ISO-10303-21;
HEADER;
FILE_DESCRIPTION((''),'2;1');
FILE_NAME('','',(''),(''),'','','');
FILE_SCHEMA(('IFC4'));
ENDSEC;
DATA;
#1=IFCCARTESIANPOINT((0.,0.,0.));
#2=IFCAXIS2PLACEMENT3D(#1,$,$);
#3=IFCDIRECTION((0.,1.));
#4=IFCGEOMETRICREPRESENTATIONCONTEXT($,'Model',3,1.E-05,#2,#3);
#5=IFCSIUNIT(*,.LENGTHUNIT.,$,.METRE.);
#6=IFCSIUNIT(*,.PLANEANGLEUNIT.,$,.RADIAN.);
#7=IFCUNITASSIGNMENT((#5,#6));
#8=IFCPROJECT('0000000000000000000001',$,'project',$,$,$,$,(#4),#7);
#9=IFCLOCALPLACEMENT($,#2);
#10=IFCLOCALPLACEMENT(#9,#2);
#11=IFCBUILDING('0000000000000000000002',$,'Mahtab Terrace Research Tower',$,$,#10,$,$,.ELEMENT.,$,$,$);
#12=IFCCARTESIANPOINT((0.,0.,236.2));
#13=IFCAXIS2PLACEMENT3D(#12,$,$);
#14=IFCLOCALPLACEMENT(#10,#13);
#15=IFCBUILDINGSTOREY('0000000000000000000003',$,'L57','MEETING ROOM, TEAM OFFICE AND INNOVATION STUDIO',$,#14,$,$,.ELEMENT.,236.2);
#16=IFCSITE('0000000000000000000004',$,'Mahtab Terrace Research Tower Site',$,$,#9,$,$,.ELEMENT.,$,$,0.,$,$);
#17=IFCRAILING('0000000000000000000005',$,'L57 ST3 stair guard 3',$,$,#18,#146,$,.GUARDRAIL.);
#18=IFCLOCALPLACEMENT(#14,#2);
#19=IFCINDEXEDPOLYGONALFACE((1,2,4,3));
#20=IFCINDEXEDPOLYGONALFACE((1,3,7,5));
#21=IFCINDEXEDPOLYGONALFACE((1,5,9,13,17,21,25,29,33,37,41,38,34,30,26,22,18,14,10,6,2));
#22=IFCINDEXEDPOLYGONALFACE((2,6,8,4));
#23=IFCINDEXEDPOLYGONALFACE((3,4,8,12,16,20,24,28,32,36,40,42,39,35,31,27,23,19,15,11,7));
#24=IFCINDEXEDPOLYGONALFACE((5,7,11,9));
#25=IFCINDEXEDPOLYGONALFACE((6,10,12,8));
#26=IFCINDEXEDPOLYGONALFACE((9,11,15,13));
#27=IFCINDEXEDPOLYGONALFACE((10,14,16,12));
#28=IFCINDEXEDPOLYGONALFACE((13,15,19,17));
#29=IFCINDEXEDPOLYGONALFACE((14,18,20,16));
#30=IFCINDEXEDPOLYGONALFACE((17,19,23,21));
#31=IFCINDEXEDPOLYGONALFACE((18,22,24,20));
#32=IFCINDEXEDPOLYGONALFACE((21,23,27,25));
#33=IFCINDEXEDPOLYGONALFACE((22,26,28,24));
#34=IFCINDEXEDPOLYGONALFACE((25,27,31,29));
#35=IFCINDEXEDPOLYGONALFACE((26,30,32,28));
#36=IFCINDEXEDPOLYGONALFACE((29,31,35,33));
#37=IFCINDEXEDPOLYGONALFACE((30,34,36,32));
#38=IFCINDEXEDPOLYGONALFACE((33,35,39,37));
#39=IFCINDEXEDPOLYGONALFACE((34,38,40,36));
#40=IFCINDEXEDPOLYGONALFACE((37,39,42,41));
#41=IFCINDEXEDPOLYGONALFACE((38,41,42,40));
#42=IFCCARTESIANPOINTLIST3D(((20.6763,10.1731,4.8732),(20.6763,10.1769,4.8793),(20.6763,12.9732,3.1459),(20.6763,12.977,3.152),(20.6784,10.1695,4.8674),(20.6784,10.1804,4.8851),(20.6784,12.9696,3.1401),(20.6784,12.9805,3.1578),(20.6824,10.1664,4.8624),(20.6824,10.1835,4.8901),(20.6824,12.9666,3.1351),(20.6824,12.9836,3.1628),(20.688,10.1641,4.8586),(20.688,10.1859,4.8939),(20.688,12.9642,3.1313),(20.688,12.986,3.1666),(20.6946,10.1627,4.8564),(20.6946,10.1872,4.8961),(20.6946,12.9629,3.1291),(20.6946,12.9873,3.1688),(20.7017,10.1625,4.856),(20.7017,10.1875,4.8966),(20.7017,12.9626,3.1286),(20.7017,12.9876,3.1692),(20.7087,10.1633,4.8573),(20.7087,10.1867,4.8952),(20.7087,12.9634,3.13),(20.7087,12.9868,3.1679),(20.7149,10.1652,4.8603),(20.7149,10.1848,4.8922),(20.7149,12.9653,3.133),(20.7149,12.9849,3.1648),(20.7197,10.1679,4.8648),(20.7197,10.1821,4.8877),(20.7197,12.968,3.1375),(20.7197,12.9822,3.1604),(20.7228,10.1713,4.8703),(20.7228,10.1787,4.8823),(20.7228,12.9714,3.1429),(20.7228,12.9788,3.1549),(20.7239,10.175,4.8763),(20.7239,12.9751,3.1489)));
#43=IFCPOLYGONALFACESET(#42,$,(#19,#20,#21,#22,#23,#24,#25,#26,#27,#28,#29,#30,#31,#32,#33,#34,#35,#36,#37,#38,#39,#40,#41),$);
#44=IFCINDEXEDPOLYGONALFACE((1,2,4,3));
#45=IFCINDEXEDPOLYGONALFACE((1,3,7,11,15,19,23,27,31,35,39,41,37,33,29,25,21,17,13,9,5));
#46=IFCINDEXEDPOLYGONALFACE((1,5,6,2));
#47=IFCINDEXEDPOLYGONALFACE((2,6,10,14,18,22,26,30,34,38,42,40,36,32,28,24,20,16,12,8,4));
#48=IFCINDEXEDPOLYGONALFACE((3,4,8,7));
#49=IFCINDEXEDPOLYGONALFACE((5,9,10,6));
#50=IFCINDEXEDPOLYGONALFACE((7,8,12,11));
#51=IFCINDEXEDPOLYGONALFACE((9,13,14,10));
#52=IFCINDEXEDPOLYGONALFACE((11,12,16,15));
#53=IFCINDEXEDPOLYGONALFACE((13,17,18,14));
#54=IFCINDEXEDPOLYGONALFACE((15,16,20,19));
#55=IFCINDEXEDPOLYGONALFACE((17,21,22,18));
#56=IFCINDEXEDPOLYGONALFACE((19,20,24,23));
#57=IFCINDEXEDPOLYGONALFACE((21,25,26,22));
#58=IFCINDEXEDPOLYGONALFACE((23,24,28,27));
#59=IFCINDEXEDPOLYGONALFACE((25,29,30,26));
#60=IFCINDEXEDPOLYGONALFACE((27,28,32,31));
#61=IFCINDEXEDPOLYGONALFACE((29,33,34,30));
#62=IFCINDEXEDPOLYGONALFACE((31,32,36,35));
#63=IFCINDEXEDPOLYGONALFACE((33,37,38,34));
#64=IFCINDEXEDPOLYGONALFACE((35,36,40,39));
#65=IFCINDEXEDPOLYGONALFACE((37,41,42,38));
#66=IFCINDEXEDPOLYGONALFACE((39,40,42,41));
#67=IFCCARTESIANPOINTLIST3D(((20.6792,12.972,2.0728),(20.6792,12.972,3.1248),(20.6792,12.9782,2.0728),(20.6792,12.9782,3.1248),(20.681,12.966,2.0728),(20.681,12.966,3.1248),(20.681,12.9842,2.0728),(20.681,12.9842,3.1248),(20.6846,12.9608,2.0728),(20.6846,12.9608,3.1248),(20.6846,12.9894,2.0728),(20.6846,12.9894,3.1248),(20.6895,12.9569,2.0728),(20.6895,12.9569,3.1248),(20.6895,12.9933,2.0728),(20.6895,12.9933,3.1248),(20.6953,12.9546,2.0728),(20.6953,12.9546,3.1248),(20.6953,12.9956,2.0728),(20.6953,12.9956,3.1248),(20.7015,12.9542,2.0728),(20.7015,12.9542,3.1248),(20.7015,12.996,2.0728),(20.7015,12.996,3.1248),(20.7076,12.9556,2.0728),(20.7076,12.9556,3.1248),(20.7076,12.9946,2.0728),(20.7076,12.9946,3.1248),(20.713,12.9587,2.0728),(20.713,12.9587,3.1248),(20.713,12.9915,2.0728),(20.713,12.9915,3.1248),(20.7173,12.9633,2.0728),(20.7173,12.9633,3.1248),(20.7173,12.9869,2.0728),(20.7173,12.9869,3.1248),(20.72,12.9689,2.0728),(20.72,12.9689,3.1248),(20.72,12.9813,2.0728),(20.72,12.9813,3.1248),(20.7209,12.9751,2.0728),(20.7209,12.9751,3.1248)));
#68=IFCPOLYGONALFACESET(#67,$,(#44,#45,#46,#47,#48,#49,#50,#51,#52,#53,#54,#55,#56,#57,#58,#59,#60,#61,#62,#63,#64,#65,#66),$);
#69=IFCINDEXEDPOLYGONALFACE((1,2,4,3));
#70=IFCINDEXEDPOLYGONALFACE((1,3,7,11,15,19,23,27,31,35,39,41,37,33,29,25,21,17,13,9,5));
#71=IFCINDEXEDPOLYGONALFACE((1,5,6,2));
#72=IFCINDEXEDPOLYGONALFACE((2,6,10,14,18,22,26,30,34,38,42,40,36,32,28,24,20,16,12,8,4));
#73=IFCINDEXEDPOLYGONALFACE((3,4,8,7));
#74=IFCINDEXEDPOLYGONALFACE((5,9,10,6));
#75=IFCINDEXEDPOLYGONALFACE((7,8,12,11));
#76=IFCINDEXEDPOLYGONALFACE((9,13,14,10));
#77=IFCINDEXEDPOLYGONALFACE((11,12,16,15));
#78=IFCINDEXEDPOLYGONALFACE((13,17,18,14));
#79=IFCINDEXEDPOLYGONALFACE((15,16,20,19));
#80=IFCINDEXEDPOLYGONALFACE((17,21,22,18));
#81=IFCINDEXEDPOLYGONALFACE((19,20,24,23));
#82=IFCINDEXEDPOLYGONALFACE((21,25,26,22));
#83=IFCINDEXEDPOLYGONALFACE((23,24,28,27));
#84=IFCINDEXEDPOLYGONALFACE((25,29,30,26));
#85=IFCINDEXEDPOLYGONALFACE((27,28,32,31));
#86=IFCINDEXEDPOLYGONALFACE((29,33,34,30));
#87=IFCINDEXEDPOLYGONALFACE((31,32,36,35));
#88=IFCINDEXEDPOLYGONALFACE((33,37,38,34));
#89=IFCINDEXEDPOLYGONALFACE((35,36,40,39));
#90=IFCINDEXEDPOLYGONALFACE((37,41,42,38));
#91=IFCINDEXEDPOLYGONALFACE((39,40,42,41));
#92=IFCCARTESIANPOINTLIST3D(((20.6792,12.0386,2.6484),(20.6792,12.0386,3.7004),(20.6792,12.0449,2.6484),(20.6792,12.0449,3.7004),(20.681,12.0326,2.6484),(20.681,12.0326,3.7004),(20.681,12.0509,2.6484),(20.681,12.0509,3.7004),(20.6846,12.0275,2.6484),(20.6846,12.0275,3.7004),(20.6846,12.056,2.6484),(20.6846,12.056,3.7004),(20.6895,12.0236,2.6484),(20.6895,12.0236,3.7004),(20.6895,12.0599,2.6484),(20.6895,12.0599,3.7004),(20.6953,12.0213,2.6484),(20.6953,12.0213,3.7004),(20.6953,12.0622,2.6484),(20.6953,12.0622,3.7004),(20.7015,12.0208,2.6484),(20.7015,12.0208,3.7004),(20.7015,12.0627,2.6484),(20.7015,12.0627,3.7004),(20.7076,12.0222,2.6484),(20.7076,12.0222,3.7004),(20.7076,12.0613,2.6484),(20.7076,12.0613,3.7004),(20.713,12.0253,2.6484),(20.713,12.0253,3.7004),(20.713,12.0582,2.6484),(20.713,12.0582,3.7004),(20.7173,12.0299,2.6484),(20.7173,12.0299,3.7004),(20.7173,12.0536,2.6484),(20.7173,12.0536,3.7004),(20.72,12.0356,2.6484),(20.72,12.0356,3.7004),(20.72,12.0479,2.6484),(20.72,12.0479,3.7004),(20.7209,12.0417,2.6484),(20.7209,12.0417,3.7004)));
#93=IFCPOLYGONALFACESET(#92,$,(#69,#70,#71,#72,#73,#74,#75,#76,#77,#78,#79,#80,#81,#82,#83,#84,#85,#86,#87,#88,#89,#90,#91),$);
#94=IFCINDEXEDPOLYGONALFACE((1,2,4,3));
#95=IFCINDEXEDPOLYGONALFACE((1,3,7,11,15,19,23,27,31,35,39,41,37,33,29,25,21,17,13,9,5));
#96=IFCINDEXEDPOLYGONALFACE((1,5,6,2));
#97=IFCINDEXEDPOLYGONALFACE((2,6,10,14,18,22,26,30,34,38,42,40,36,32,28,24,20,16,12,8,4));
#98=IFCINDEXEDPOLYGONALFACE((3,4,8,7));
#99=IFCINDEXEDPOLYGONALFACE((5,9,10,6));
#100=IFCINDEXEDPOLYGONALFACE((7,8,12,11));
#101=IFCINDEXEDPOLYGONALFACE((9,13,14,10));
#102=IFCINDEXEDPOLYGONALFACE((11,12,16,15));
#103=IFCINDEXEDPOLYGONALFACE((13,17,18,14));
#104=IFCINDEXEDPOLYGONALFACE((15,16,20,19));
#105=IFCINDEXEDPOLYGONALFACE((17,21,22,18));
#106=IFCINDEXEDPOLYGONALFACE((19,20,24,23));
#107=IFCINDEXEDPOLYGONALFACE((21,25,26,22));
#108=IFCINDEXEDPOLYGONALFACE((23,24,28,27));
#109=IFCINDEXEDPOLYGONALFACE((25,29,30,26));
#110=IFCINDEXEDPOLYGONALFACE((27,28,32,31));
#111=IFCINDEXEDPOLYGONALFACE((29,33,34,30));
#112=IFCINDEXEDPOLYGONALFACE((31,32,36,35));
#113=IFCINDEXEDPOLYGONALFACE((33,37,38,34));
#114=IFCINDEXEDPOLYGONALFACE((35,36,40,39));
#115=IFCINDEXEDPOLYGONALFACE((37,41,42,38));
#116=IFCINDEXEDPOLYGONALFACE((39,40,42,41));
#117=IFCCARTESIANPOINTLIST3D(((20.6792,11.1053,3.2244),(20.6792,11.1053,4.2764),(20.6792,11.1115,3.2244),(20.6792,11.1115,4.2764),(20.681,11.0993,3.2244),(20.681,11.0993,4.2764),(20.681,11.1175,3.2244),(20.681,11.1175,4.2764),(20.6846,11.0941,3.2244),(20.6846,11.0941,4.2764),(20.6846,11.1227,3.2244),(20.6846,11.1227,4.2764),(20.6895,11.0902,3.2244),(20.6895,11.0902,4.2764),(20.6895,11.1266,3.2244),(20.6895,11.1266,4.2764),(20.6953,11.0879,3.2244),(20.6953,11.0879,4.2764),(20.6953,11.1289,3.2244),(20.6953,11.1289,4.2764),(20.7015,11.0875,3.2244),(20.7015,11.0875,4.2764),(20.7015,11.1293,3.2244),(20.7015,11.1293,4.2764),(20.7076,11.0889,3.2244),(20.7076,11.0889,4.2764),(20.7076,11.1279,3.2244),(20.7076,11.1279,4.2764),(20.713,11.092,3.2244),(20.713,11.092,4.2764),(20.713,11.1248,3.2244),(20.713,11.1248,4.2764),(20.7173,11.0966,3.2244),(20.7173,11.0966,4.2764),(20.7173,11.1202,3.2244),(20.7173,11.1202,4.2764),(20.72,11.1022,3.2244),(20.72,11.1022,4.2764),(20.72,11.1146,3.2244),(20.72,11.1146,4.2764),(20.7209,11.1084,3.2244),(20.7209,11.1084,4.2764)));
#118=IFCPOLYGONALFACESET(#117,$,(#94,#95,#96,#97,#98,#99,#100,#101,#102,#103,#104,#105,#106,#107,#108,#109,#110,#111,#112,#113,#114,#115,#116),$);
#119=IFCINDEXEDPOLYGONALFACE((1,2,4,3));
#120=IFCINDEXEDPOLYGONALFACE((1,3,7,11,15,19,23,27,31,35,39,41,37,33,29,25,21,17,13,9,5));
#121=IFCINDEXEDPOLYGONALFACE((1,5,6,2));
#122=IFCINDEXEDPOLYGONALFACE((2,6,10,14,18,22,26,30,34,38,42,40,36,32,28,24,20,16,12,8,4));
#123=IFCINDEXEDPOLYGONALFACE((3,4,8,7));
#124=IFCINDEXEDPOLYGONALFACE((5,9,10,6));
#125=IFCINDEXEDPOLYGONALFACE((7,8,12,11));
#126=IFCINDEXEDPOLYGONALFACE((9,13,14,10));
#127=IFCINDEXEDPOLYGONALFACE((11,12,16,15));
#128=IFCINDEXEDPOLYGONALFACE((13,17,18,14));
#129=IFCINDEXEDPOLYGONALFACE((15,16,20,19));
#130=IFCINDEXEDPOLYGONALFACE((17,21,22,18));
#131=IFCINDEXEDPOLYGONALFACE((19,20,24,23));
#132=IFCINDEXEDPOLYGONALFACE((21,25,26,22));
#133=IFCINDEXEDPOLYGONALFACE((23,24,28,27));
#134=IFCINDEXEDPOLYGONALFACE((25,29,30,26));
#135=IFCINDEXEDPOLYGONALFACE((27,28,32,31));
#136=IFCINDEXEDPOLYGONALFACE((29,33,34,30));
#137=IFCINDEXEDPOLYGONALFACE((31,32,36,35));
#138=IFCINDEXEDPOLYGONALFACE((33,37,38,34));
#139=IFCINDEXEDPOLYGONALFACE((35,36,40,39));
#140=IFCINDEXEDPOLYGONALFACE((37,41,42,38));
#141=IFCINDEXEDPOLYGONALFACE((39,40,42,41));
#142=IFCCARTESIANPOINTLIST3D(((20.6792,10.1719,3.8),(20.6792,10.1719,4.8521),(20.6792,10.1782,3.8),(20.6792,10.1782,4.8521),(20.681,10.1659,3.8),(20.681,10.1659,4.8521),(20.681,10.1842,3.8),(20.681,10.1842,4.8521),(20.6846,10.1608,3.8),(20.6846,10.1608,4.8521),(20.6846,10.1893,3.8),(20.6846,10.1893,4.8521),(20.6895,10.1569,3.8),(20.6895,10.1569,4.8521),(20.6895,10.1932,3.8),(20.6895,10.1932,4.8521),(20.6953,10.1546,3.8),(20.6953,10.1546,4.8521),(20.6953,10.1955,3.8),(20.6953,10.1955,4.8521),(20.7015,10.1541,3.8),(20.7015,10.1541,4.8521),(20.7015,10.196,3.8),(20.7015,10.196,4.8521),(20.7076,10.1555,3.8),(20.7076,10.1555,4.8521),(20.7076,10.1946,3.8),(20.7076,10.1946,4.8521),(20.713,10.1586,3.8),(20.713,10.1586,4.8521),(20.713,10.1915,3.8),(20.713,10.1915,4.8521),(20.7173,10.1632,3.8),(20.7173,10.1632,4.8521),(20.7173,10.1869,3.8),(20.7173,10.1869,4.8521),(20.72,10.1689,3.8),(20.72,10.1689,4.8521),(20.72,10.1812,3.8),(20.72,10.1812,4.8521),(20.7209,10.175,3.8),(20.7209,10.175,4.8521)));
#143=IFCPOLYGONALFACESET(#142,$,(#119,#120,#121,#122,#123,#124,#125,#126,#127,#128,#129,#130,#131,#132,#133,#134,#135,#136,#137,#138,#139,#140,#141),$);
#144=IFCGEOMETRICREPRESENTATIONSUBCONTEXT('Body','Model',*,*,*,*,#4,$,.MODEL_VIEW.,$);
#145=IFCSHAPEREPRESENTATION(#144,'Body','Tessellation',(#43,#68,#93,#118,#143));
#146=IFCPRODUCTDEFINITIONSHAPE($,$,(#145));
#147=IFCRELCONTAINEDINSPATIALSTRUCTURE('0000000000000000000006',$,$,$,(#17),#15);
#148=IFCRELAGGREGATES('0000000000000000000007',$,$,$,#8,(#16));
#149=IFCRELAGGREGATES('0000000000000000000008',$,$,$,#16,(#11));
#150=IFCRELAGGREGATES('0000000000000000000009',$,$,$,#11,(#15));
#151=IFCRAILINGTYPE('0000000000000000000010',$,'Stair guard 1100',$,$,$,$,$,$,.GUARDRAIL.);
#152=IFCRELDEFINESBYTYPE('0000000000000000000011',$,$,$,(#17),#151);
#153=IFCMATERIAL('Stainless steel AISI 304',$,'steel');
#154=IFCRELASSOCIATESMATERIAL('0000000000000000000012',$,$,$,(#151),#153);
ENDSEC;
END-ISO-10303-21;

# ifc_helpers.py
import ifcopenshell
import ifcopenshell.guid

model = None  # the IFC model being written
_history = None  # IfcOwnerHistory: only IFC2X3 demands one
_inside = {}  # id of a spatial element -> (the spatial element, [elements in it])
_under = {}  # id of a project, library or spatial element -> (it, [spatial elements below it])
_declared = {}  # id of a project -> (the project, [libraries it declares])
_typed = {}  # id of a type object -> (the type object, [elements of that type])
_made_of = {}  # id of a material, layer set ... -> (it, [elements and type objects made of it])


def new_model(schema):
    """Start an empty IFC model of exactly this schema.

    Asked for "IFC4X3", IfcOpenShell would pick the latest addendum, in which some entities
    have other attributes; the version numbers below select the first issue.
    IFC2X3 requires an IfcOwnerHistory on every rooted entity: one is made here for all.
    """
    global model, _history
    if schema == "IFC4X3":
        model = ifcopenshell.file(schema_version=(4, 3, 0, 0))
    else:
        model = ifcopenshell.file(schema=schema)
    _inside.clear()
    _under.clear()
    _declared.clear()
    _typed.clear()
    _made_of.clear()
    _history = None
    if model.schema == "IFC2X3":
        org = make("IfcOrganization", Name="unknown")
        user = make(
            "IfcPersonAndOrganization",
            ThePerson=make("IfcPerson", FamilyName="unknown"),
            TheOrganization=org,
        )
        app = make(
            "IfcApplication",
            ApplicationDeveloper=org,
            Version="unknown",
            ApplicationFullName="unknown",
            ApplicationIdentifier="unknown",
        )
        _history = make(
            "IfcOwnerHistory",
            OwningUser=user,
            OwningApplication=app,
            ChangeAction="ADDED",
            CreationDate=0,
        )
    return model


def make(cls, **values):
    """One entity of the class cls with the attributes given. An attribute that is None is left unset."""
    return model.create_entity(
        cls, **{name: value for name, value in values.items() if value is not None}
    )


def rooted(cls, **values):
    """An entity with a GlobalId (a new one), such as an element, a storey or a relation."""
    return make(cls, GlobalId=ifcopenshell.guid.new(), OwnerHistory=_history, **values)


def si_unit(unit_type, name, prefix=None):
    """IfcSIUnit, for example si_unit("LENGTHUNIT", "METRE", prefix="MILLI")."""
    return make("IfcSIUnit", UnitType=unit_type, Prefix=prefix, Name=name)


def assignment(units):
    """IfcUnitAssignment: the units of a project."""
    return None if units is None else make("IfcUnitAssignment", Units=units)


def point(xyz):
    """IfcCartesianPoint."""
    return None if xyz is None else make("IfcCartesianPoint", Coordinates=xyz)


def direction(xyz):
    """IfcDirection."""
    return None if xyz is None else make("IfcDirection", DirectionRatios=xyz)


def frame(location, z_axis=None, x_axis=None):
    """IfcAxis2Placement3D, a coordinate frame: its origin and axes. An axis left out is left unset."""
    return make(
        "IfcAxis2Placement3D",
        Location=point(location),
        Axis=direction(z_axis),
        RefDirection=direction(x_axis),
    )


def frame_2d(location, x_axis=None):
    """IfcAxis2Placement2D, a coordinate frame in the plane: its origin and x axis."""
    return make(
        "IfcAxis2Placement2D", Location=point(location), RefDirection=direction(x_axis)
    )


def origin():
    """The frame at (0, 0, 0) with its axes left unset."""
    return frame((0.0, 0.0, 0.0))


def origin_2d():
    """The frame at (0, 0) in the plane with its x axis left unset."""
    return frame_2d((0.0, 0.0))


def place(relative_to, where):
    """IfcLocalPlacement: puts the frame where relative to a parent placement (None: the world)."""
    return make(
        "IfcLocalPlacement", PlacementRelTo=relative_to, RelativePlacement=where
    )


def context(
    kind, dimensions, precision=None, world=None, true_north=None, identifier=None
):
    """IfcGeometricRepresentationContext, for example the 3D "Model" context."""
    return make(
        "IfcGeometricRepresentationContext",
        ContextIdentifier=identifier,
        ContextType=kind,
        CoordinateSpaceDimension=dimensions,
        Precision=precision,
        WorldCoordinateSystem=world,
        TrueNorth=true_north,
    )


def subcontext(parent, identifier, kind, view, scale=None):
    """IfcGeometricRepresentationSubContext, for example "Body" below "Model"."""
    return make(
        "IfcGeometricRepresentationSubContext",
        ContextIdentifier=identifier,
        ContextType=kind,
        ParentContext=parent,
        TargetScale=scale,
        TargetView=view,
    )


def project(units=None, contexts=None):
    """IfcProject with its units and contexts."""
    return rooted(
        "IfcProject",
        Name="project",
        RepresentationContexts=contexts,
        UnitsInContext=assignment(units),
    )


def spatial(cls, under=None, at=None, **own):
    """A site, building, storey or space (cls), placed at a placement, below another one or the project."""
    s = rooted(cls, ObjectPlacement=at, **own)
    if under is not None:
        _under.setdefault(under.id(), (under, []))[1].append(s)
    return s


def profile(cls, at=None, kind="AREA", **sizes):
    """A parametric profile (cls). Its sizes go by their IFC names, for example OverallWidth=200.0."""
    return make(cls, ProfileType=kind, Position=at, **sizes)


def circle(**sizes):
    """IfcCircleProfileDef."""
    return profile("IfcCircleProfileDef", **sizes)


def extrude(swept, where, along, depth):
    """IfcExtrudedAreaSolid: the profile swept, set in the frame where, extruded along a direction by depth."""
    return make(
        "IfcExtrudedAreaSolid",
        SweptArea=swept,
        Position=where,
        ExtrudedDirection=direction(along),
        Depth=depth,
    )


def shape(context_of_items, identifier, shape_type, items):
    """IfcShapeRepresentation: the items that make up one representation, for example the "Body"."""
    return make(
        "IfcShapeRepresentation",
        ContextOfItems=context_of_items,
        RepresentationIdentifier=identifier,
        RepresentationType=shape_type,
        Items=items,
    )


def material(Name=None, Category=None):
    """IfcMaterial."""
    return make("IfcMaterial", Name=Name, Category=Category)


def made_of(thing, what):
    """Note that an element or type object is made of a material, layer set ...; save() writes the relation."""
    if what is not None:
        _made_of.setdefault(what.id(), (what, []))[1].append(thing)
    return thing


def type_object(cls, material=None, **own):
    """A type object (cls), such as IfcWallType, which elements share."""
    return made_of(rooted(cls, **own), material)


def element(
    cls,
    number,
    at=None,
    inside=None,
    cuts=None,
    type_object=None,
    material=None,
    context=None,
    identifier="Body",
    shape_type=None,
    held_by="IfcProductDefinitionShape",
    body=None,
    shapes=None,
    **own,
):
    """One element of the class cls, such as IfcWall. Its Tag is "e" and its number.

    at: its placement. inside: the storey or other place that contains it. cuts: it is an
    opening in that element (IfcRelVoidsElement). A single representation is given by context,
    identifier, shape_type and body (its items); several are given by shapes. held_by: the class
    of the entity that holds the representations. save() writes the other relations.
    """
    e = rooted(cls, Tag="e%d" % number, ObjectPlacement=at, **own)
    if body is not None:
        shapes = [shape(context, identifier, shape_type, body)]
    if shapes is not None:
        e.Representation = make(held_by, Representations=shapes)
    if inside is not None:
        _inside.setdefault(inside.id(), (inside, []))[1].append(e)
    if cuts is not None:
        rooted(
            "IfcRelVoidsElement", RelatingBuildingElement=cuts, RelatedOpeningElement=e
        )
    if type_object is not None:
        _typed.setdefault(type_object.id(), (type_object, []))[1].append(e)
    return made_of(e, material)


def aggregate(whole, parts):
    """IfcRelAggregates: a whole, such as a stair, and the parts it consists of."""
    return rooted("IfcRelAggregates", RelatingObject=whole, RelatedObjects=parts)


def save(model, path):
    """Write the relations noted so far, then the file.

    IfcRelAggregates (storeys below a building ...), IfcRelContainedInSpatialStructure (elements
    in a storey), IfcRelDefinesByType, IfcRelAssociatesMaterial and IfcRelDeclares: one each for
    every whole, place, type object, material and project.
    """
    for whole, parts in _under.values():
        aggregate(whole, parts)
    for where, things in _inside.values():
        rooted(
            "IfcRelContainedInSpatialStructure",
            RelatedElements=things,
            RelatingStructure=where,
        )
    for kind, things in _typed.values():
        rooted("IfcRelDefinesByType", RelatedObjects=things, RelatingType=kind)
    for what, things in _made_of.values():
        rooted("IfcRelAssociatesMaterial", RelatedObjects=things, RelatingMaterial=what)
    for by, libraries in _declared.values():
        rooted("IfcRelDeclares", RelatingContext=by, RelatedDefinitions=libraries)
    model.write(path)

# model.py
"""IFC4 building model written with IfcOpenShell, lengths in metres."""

from ifc_helpers import new_model, si_unit, direction, frame, origin, origin_2d, place, context, subcontext, project, spatial, circle, extrude, material, type_object, element, save


model = new_model("IFC4")

# Units and contexts
model_context = context("Model", 3, precision=1e-05, world=origin(), true_north=direction((0.0, 1.0)))
body_context = subcontext(model_context, "Body", "Model", "MODEL_VIEW")
ifc_project = project(units=[si_unit("LENGTHUNIT", "METRE"), si_unit("PLANEANGLEUNIT", "RADIAN")], contexts=[model_context])

# Site, building, storey
site_placement = place(None, origin())
site = spatial("IfcSite", under=ifc_project, at=site_placement, Name="Mahtab Terrace Research Tower Site", CompositionType="ELEMENT", RefElevation=0.0)
building_placement = place(site_placement, origin())
building = spatial("IfcBuilding", under=site, at=building_placement, Name="Mahtab Terrace Research Tower", CompositionType="ELEMENT")
storey_placement = place(building_placement, frame((0.0, 0.0, 236.2)))
storey = spatial("IfcBuildingStorey", under=building, at=storey_placement, Name="L57", Description="MEETING ROOM, TEAM OFFICE AND INNOVATION STUDIO", CompositionType="ELEMENT", Elevation=236.2)

# Shared definitions
ifc_material_1 = material(Name="Stainless steel AISI 304", Category="steel")

# Railing
railing_type_1 = type_object("IfcRailingType", Name="Stair guard 1100", PredefinedType="GUARDRAIL", material=ifc_material_1)
railing_1_placement = place(storey_placement, frame((20.7, 12.9751, 2.0728)))
element("IfcRailing", 1, at=railing_1_placement, inside=storey, type_object=railing_type_1, Name="L57 ST3 stair guard 3", PredefinedType="GUARDRAIL", context=body_context, shape_type="SweptSolid", body=[
    extrude(circle(Radius=0.0239, at=origin_2d()), frame((0.0, 0.0, 1.0762), z_axis=(0.0, -0.85109, 0.52502), x_axis=(1.0, 0.0, 0.0)), (0.0, 0.0, 1.0), 3.29),
    extrude(circle(Radius=0.021, at=origin_2d()), origin(), (0.0, 0.0, 1.0), 1.052),
    extrude(circle(Radius=0.021, at=origin_2d()), frame((0.0, -0.9333, 0.5757)), (0.0, 0.0, 1.0), 1.052),
    extrude(circle(Radius=0.021, at=origin_2d()), frame((0.0, -1.8667, 1.1516)), (0.0, 0.0, 1.0), 1.052),
    extrude(circle(Radius=0.021, at=origin_2d()), frame((0.0, -2.8, 1.7273)), (0.0, 0.0, 1.0), 1.052),
])

save(model, "model.ifc")
